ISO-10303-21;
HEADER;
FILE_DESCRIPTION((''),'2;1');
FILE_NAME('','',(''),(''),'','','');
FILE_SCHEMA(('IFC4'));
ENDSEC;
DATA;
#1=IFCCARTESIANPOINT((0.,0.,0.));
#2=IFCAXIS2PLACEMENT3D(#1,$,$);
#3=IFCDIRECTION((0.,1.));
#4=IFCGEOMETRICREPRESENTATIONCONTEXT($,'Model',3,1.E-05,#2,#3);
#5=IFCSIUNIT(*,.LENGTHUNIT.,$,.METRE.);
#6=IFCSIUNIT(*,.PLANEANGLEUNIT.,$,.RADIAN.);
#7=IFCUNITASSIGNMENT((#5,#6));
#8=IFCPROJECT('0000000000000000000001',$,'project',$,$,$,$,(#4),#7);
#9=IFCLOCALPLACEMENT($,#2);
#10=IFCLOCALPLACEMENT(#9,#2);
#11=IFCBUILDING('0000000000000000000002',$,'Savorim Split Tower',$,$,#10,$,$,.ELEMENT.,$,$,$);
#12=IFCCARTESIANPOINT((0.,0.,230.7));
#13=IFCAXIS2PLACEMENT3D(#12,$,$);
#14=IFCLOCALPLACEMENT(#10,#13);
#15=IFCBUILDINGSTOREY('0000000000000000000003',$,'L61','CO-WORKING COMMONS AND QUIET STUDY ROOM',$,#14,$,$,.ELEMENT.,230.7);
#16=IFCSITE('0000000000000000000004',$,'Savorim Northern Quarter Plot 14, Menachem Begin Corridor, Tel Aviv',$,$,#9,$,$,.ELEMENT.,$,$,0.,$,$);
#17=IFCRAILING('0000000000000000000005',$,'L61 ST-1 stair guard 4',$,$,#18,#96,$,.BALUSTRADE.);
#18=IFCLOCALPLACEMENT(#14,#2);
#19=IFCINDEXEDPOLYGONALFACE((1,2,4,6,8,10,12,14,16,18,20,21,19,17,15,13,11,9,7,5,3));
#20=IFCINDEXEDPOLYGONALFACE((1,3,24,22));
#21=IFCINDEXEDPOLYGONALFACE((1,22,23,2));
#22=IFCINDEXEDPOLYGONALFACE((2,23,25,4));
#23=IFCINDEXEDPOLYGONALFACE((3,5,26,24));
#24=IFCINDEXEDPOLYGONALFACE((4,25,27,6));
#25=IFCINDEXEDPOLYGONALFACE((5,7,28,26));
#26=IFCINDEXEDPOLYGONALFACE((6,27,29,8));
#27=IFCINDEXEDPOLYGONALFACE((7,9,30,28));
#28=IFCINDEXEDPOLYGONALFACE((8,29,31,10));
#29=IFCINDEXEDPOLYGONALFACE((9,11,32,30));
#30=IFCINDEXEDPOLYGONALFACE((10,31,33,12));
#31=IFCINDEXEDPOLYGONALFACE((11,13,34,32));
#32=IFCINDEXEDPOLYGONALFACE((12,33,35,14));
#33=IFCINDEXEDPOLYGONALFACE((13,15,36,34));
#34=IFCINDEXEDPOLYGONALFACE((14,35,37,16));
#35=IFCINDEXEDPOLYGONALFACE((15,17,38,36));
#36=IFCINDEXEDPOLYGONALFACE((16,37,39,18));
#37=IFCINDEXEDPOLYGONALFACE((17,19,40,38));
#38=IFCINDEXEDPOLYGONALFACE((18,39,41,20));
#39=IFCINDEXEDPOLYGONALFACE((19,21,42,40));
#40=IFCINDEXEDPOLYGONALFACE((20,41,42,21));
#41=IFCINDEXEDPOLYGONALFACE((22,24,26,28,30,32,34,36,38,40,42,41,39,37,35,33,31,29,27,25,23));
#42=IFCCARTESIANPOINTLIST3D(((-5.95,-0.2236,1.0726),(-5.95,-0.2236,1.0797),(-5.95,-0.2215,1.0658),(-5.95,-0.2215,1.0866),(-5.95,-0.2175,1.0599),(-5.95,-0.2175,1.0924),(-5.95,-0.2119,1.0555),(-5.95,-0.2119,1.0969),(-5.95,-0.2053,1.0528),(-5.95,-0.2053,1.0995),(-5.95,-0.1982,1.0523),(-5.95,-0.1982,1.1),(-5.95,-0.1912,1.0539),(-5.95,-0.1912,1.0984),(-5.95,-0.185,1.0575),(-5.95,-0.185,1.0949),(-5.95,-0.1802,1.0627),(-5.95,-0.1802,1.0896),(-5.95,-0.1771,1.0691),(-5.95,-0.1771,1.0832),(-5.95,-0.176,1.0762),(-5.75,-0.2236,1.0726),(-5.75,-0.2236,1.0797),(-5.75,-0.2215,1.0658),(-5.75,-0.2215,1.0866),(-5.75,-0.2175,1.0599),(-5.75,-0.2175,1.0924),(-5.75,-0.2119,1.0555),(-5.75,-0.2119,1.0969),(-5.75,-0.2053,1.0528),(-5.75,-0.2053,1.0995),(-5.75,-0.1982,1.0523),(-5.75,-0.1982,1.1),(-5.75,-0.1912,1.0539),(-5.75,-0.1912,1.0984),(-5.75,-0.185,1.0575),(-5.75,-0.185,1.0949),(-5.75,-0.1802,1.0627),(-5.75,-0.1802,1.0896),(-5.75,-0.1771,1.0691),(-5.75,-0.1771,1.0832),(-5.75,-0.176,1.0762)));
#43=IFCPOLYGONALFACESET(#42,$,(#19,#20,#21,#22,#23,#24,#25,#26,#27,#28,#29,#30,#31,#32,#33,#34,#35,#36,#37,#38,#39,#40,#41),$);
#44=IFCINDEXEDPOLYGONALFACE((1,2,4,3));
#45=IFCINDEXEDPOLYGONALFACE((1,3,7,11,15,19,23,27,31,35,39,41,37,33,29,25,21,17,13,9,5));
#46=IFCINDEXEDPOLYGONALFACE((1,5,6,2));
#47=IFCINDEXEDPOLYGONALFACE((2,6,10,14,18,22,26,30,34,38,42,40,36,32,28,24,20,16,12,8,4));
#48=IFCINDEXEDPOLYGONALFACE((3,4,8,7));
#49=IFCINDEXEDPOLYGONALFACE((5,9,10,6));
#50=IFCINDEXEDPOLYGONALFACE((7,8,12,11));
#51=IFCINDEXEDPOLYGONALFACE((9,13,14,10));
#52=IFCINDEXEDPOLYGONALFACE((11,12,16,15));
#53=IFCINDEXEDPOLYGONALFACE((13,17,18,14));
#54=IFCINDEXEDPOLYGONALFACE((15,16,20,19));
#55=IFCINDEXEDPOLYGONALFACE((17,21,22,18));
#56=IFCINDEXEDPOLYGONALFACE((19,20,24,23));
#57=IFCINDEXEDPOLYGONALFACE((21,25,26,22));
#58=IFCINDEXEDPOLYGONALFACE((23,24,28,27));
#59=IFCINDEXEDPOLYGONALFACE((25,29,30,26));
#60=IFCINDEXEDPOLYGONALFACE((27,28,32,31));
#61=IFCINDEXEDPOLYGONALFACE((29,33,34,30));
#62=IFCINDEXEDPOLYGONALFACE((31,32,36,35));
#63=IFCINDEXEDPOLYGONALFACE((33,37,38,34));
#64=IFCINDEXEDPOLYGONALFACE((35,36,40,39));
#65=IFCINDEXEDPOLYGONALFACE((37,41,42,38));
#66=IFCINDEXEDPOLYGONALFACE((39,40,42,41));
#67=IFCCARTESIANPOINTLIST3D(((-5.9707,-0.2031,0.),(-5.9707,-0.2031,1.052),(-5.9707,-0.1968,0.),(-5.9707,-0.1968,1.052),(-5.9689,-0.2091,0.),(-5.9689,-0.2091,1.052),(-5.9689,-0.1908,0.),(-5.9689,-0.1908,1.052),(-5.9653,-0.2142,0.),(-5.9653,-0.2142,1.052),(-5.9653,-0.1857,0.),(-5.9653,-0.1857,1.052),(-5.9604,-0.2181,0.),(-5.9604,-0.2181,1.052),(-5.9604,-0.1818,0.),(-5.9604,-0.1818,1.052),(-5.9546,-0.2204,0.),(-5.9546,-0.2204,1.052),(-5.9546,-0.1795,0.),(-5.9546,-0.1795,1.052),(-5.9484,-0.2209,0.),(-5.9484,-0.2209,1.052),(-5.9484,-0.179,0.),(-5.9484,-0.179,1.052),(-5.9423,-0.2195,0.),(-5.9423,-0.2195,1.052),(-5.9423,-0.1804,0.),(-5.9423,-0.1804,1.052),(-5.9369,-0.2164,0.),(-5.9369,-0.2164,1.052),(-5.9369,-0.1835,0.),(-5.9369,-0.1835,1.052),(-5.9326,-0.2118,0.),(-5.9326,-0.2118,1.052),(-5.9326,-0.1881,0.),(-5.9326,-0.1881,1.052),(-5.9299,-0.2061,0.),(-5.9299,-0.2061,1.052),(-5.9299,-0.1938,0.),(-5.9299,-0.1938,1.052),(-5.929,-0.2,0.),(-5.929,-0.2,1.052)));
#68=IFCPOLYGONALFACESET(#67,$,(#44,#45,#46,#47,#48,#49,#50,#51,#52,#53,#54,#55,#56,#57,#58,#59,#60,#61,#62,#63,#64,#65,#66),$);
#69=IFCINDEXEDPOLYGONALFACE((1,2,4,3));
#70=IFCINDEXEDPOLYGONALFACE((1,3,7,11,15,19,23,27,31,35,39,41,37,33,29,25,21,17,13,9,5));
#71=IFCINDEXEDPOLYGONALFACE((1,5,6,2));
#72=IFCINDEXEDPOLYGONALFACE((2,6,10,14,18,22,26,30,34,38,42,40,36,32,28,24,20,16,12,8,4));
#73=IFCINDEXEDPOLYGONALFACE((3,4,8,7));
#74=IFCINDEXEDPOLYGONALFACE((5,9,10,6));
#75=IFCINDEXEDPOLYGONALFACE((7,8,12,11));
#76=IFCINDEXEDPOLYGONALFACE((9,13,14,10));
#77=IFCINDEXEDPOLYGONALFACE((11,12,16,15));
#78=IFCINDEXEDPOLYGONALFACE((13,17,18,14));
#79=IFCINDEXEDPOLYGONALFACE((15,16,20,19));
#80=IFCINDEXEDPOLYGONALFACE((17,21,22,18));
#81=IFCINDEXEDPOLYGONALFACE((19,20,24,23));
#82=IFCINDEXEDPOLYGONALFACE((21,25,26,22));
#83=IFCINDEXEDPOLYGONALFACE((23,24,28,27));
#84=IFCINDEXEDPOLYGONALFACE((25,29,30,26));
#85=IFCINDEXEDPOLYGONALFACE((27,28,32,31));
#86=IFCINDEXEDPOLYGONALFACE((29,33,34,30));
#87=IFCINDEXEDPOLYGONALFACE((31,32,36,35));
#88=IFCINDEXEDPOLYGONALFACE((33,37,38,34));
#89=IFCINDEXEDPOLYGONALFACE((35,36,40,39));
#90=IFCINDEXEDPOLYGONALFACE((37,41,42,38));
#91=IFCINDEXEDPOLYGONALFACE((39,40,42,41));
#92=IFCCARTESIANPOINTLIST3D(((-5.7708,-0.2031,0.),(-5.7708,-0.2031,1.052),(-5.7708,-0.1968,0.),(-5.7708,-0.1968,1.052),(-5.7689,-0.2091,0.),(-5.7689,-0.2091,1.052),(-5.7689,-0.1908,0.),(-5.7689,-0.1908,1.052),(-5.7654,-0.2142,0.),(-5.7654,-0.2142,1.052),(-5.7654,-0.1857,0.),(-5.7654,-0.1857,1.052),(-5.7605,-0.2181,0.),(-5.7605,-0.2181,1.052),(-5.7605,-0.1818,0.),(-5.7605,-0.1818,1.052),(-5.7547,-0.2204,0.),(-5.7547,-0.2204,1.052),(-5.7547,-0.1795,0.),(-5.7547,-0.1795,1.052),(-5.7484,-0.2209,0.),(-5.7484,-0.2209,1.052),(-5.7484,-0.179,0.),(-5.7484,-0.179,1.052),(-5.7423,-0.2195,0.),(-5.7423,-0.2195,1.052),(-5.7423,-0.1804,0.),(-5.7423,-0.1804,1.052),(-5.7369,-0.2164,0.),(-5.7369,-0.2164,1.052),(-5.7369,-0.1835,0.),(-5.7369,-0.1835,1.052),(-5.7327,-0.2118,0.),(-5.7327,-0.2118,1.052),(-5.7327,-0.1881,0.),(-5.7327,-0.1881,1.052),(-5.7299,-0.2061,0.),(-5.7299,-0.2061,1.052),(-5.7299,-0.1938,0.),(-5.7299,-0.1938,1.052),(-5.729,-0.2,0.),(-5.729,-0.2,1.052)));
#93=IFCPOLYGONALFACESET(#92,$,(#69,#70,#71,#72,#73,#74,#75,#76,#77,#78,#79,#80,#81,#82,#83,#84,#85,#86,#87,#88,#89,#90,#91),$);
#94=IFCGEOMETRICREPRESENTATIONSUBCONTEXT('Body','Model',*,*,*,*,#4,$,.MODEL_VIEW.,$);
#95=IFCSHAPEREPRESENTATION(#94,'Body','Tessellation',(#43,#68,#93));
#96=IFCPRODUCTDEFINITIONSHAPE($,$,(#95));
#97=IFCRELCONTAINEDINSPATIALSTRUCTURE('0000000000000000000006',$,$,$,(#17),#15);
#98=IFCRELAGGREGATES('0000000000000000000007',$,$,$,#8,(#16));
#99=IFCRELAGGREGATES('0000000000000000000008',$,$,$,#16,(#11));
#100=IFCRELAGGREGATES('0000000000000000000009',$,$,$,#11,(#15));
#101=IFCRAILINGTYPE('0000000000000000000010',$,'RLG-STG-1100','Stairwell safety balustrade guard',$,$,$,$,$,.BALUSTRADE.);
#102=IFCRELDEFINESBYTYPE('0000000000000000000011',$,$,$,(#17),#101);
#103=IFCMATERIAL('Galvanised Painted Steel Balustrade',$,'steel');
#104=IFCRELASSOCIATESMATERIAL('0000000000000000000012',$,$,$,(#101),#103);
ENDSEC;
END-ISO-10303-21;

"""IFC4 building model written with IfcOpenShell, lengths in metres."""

from ifc_helpers import new_model, si_unit, direction, frame, origin, origin_2d, place, context, subcontext, project, spatial, circle, extrude, material, type_object, element, save


model = new_model("IFC4")

# Units and contexts
model_context = context("Model", 3, precision=1e-05, world=origin(), true_north=direction((0.0, 1.0)))
body_context = subcontext(model_context, "Body", "Model", "MODEL_VIEW")
ifc_project = project(units=[si_unit("LENGTHUNIT", "METRE"), si_unit("PLANEANGLEUNIT", "RADIAN")], contexts=[model_context])

# Site, building, storey
site_placement = place(None, origin())
site = spatial("IfcSite", under=ifc_project, at=site_placement, Name="Savorim Northern Quarter Plot 14, Menachem Begin Corridor, Tel Aviv", CompositionType="ELEMENT", RefElevation=0.0)
building_placement = place(site_placement, origin())
building = spatial("IfcBuilding", under=site, at=building_placement, Name="Savorim Split Tower", CompositionType="ELEMENT")
storey_placement = place(building_placement, frame((0.0, 0.0, 230.7)))
storey = spatial("IfcBuildingStorey", under=building, at=storey_placement, Name="L61", Description="CO-WORKING COMMONS AND QUIET STUDY ROOM", CompositionType="ELEMENT", Elevation=230.7)

# Railing
ifc_material_1 = material(Name="Galvanised Painted Steel Balustrade", Category="steel")
railing_type_1 = type_object("IfcRailingType", Name="RLG-STG-1100", Description="Stairwell safety balustrade guard", PredefinedType="BALUSTRADE", material=ifc_material_1)
railing_1_placement = place(storey_placement, frame((-5.95, -0.2, 0.0)))
element("IfcRailing", 1, at=railing_1_placement, inside=storey, type_object=railing_type_1, Name="L61 ST-1 stair guard 4", PredefinedType="BALUSTRADE", context=body_context, shape_type="SweptSolid", body=[
    extrude(circle(Radius=0.0239, at=origin_2d()), frame((0.0, 0.0, 1.0762), z_axis=(1.0, 0.0, 0.0), x_axis=(0.0, 1.0, 0.0)), (0.0, 0.0, 1.0), 0.2),
    extrude(circle(Radius=0.021, at=origin_2d()), origin(), (0.0, 0.0, 1.0), 1.052),
    extrude(circle(Radius=0.021, at=origin_2d()), frame((0.2, 0.0, 0.0)), (0.0, 0.0, 1.0), 1.052),
])

save(model, "model.ifc")
